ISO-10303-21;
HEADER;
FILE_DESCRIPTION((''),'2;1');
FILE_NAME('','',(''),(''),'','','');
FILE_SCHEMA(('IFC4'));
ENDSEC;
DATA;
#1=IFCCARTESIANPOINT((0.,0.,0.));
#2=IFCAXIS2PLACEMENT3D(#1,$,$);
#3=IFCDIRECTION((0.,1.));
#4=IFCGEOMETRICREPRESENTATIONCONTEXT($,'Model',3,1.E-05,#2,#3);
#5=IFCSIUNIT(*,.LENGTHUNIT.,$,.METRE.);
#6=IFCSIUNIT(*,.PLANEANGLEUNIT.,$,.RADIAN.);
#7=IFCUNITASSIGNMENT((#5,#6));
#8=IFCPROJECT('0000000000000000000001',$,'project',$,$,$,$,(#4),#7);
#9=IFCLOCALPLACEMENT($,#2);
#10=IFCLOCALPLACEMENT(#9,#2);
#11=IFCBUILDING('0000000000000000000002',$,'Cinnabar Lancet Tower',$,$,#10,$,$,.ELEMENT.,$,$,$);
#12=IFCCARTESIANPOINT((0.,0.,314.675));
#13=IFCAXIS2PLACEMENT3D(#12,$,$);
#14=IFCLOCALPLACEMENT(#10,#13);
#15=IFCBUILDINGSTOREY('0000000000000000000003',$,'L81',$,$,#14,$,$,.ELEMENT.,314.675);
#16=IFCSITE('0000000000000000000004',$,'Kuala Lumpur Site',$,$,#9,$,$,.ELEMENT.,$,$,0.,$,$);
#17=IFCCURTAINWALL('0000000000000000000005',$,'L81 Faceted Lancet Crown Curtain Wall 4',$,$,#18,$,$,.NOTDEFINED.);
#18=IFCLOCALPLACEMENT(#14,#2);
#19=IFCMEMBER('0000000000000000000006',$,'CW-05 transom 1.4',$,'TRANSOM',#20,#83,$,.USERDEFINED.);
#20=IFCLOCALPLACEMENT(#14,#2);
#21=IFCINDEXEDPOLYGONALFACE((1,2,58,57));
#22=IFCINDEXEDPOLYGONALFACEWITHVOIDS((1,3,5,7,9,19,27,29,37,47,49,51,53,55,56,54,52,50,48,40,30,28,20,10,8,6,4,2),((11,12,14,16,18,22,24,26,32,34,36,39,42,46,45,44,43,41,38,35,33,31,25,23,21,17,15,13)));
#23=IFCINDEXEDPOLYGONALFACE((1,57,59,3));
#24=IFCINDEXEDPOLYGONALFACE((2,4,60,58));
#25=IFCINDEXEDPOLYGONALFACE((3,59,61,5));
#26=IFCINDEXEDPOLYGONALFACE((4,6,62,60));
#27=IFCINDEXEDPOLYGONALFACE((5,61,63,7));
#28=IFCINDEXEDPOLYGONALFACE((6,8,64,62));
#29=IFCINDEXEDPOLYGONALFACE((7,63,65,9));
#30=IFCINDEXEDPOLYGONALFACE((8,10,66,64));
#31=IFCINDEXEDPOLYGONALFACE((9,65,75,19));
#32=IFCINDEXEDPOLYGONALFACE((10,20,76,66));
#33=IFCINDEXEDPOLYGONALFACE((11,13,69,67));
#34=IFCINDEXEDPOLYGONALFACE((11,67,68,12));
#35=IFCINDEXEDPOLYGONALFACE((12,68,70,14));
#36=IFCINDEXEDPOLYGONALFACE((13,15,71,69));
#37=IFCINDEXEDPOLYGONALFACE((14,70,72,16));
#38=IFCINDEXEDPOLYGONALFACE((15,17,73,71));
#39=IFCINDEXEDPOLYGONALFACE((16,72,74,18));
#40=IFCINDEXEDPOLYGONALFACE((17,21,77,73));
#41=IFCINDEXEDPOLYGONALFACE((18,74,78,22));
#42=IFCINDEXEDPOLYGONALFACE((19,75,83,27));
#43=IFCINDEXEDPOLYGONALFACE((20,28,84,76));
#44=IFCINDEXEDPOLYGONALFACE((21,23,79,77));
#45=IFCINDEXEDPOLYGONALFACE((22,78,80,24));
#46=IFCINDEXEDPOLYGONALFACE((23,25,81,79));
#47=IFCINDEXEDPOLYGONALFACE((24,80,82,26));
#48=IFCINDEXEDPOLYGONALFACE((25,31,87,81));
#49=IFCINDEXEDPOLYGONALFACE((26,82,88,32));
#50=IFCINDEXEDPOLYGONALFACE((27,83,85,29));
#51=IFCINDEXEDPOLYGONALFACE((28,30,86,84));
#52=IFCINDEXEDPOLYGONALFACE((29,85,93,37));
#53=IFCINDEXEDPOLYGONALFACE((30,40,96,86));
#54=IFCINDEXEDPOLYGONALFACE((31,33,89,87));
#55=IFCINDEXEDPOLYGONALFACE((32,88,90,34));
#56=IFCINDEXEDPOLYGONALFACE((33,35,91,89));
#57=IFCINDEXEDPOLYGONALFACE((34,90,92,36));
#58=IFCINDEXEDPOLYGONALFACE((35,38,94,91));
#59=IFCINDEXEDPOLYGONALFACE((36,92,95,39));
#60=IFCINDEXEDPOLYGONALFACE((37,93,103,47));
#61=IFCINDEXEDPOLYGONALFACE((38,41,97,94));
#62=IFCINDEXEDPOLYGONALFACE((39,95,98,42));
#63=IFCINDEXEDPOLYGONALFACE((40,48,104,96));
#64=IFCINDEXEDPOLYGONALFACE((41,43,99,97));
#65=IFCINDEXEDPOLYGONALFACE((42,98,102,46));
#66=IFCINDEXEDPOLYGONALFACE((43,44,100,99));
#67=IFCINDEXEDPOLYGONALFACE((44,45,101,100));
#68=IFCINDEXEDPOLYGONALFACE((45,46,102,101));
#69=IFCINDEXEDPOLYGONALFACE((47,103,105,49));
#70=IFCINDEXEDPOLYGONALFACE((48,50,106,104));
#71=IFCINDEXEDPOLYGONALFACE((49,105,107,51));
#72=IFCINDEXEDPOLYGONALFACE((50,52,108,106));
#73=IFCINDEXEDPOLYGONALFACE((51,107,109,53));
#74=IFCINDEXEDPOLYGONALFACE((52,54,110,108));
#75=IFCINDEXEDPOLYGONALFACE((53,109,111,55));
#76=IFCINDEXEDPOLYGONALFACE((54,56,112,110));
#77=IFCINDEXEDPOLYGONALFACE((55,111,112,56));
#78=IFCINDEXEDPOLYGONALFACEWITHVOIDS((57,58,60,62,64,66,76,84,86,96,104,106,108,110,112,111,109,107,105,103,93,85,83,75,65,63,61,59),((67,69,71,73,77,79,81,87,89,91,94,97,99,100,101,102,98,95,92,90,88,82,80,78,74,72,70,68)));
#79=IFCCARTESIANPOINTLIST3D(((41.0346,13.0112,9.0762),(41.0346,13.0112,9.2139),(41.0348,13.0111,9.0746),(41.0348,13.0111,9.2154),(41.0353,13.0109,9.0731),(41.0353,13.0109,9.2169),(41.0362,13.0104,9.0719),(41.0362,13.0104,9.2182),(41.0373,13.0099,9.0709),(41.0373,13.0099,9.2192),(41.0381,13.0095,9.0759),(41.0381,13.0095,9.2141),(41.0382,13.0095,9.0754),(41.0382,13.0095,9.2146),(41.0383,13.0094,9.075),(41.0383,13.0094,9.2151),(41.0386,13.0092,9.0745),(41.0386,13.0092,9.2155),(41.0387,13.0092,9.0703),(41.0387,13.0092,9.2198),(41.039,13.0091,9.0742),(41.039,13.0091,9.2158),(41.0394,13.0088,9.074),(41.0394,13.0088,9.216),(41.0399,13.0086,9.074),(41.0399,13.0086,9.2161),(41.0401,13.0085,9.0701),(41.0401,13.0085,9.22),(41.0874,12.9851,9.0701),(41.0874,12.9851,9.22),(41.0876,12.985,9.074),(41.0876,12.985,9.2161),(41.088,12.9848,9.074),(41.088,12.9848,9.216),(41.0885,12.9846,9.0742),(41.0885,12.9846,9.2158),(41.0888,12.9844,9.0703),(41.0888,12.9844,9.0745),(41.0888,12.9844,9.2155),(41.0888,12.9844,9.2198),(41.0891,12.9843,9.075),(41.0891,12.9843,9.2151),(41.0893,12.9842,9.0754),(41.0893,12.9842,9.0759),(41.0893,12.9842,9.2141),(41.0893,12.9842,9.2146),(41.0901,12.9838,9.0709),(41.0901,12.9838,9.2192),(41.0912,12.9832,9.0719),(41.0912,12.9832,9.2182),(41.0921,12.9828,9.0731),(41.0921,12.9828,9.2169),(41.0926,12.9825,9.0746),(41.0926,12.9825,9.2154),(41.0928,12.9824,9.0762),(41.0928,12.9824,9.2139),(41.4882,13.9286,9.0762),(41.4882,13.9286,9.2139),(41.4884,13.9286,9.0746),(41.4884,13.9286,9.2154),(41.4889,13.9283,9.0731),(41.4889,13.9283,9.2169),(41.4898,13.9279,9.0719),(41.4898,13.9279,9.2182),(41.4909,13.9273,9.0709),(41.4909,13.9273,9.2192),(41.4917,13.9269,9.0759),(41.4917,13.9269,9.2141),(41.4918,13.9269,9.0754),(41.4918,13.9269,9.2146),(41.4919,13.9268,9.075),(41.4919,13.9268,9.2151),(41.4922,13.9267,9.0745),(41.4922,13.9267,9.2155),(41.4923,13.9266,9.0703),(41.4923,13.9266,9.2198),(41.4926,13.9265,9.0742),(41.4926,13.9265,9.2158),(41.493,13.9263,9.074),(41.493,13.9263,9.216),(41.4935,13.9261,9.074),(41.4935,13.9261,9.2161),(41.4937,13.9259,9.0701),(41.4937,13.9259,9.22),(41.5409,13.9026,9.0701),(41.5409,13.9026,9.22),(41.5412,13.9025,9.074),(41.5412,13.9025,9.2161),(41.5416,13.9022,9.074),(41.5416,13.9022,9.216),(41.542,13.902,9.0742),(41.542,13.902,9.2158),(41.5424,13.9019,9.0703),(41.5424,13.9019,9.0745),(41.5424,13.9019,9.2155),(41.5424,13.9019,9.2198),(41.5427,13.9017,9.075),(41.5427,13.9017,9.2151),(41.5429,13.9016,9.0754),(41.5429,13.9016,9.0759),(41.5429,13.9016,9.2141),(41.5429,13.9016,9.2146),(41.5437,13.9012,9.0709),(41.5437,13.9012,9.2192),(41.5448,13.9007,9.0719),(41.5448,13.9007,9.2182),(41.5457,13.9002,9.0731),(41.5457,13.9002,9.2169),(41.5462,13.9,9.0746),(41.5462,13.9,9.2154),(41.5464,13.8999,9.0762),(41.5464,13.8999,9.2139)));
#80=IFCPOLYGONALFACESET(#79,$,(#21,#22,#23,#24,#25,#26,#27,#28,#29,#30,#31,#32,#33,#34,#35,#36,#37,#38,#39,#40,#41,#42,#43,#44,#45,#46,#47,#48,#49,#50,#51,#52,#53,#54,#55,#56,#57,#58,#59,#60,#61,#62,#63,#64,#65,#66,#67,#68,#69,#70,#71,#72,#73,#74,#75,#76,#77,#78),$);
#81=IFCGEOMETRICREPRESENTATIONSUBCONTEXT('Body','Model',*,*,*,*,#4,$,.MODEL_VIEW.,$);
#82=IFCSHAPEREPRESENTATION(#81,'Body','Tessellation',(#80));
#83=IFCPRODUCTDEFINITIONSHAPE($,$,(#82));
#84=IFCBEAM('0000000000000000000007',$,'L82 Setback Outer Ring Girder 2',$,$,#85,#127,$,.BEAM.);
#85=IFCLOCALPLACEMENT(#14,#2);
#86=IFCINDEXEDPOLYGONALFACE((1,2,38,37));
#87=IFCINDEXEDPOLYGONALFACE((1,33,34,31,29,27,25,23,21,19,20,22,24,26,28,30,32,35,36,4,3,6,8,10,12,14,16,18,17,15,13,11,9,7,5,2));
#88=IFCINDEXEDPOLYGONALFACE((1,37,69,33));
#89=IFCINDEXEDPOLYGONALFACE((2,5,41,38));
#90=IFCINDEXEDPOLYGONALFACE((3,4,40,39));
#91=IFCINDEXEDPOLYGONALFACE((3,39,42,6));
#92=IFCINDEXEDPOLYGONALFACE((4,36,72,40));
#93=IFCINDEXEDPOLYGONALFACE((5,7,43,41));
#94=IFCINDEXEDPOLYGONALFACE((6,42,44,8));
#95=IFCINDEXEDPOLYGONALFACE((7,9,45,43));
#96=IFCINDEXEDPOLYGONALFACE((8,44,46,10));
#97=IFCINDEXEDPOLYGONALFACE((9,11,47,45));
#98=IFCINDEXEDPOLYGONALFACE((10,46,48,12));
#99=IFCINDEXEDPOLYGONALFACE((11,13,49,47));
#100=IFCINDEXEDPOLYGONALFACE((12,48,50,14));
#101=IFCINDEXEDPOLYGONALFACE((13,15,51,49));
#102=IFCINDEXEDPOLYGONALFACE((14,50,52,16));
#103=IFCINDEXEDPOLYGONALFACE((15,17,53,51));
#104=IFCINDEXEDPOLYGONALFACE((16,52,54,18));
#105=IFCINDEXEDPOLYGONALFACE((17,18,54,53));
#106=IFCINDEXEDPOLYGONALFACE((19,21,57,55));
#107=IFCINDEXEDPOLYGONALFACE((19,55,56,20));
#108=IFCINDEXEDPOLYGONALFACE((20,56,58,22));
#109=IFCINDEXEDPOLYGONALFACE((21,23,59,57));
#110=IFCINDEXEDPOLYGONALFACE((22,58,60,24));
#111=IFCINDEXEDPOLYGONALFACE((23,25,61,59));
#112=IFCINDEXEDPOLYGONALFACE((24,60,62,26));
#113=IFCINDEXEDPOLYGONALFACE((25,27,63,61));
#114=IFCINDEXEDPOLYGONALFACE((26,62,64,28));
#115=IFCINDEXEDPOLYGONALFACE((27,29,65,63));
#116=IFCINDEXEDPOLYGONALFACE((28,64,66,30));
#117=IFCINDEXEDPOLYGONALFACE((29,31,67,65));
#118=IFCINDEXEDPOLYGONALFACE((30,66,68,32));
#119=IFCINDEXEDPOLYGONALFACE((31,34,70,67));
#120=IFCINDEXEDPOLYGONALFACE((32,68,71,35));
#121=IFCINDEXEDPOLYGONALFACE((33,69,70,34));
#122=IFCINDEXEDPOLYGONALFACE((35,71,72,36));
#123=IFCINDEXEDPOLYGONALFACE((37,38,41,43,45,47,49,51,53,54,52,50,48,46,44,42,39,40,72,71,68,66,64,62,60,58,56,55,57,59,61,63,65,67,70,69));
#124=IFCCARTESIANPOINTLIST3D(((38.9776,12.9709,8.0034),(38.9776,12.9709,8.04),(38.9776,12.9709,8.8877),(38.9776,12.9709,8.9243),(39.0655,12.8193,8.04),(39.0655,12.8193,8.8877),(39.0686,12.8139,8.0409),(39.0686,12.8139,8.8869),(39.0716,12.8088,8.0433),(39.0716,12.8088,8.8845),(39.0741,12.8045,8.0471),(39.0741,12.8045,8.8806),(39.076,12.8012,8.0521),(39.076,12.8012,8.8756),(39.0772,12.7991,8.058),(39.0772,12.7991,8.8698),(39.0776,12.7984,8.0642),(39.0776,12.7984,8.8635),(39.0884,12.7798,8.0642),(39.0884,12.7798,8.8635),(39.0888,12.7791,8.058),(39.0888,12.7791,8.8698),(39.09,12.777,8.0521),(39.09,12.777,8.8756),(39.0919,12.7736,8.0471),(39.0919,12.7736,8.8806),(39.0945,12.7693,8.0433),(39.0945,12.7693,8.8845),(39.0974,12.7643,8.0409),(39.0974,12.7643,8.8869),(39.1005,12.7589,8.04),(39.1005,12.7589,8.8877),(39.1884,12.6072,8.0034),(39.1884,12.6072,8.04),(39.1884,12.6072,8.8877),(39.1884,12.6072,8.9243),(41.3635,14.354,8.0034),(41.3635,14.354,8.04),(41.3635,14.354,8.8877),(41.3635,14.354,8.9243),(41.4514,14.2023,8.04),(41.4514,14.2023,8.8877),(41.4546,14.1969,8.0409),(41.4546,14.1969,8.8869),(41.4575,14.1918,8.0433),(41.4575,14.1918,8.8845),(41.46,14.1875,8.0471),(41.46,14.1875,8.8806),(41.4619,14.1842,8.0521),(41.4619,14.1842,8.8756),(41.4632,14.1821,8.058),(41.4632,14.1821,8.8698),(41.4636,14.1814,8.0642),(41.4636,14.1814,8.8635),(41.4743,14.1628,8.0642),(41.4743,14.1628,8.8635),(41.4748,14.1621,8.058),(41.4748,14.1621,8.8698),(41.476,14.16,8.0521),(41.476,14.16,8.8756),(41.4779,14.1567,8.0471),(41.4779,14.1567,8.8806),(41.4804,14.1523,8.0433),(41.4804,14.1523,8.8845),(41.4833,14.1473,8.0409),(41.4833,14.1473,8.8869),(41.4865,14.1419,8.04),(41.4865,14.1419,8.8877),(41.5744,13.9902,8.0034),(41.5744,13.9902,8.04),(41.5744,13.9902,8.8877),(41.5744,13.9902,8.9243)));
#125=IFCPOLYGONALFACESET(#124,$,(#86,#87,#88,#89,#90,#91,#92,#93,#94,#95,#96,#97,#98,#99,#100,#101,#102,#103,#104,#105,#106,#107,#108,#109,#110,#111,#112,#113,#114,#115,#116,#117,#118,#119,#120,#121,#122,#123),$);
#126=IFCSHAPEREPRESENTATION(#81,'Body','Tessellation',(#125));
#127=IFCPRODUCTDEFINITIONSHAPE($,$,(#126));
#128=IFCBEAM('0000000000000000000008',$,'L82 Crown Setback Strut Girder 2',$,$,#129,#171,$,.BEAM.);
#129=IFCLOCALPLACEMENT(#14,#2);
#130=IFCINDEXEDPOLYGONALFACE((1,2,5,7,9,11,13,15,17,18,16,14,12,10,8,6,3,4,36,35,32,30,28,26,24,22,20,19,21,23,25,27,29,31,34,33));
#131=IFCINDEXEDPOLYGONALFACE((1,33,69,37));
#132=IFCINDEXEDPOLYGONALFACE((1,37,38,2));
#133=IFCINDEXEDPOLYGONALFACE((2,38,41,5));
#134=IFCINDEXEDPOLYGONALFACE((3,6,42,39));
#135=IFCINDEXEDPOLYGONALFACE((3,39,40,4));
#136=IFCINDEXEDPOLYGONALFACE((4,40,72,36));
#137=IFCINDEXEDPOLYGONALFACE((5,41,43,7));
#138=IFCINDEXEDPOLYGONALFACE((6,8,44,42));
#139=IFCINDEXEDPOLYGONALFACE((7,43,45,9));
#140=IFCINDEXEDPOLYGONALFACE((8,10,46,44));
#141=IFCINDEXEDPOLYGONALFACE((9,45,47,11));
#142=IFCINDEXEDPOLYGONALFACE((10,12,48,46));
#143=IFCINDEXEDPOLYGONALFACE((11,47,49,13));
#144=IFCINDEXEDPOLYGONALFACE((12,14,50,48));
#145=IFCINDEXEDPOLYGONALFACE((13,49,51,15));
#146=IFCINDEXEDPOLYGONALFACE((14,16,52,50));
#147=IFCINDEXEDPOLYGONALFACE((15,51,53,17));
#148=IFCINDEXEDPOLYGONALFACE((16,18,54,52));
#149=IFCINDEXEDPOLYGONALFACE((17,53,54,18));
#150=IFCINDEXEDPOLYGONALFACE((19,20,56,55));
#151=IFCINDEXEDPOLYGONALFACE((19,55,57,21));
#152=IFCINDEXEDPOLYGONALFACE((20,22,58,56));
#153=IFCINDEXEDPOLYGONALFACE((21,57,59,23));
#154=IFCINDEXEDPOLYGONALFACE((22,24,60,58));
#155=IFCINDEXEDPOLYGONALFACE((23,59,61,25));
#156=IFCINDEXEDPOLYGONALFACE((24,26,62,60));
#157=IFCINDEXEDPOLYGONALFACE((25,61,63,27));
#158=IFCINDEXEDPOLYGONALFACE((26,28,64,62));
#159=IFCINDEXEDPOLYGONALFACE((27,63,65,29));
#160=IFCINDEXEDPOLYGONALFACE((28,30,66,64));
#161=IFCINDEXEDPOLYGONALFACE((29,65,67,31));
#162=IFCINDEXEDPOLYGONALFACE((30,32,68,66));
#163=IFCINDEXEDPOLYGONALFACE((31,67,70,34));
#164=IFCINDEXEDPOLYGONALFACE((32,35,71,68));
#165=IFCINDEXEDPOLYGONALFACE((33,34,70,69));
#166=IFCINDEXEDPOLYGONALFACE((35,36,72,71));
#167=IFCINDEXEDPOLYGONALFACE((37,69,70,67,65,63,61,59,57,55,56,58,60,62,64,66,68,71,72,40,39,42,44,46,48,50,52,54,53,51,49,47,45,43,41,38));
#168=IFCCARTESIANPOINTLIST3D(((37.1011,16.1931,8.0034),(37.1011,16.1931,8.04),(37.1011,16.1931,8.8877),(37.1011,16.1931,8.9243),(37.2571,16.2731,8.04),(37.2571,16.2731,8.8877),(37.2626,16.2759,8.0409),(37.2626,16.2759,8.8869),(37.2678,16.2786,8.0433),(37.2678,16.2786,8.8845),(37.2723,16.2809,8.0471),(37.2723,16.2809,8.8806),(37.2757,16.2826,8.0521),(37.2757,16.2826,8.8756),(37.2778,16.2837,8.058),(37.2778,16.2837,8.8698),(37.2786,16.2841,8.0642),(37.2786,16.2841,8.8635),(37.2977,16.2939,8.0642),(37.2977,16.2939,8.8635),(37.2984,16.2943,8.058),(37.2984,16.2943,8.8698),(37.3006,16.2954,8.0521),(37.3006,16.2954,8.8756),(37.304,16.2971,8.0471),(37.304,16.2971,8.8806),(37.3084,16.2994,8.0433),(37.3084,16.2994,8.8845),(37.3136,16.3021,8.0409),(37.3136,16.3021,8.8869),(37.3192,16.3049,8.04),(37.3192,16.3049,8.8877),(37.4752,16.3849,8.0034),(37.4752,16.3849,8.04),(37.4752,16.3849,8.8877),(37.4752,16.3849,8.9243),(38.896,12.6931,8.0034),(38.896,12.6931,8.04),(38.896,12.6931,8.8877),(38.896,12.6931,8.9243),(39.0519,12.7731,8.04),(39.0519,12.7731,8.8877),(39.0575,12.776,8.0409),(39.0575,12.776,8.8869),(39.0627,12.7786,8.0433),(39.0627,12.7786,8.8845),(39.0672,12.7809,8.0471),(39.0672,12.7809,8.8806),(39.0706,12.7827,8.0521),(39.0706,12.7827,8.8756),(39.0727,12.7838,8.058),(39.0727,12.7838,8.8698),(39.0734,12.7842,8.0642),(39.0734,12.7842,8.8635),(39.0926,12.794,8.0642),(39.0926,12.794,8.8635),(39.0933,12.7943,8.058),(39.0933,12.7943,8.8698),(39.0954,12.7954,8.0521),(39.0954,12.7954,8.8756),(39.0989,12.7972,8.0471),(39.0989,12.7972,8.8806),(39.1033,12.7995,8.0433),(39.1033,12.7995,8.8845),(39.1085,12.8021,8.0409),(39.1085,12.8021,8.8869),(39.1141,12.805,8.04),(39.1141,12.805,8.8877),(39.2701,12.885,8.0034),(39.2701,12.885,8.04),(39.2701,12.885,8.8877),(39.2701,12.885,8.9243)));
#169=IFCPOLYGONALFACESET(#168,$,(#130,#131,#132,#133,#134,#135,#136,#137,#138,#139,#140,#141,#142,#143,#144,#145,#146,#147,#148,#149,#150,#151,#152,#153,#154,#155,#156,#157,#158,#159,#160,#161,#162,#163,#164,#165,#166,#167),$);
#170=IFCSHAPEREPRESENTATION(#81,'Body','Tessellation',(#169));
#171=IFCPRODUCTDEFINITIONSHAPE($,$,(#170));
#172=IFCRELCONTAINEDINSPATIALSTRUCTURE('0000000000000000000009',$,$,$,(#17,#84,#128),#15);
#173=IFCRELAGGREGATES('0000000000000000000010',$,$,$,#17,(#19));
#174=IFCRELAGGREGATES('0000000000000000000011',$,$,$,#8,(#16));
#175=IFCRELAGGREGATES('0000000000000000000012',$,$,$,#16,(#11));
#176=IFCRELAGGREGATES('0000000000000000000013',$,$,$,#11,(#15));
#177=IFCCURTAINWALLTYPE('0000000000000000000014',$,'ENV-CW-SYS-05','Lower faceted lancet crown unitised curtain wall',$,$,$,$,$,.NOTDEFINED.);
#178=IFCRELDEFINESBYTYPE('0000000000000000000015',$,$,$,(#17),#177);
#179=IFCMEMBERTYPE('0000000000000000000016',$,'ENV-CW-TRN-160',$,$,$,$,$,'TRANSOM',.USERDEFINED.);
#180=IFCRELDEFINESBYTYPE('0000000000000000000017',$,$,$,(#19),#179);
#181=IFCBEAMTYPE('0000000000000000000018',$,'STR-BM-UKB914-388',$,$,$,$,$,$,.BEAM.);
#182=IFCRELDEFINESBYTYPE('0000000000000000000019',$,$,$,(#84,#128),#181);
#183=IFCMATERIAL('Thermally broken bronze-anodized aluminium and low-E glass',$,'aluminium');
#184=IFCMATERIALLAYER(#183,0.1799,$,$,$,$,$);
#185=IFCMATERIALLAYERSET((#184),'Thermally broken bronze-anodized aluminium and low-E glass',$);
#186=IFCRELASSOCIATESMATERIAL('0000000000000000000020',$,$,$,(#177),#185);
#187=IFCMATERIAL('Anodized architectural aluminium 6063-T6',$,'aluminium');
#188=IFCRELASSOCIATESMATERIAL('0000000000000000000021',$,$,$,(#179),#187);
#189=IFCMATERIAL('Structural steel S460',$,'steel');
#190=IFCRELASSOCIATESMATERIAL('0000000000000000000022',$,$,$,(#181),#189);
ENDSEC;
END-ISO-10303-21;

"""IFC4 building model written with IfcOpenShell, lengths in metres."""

from ifc_helpers import new_model, si_unit, direction, frame, origin, origin_2d, place, context, subcontext, project, spatial, hollow_rectangle, i_section, extrude, material, layer, layer_set, material_profile, profile_set, type_object, element, aggregate, save


model = new_model("IFC4")

# Units and contexts
model_context = context("Model", 3, precision=1e-05, world=origin(), true_north=direction((0.0, 1.0)))
body_context = subcontext(model_context, "Body", "Model", "MODEL_VIEW")
ifc_project = project(units=[si_unit("LENGTHUNIT", "METRE"), si_unit("PLANEANGLEUNIT", "RADIAN")], contexts=[model_context])

# Site, building, storey
site_placement = place(None, origin())
site = spatial("IfcSite", under=ifc_project, at=site_placement, Name="Kuala Lumpur Site", CompositionType="ELEMENT", RefElevation=0.0)
building_placement = place(site_placement, origin())
building = spatial("IfcBuilding", under=site, at=building_placement, Name="Cinnabar Lancet Tower", CompositionType="ELEMENT")
storey_placement = place(building_placement, frame((0.0, 0.0, 314.675)))
storey = spatial("IfcBuildingStorey", under=building, at=storey_placement, Name="L81", CompositionType="ELEMENT", Elevation=314.675)

# Curtain wall
ifc_material_1 = material(Name="Thermally broken bronze-anodized aluminium and low-E glass", Category="aluminium")
ifc_layer_1 = layer(ifc_material_1, 0.1799)
ifc_layer_set_1 = layer_set([ifc_layer_1], Name="Thermally broken bronze-anodized aluminium and low-E glass")
curtain_wall_type = type_object("IfcCurtainWallType", Name="ENV-CW-SYS-05", Description="Lower faceted lancet crown unitised curtain wall", PredefinedType="NOTDEFINED", material=ifc_layer_set_1)
curtain_wall_1_placement = place(storey_placement, origin())
curtain_wall_1 = element("IfcCurtainWall", 1, at=curtain_wall_1_placement, inside=storey, type_object=curtain_wall_type, Name="L81 Faceted Lancet Crown Curtain Wall 4", PredefinedType="NOTDEFINED")

# Member
ifc_material_2 = material(Name="Anodized architectural aluminium 6063-T6", Category="aluminium")
ifc_material_profile_1 = material_profile(ifc_material_2, hollow_rectangle(XDim=0.0649, YDim=0.1499, WallThickness=0.0039, InnerFilletRadius=0.002, OuterFilletRadius=0.0061, at=origin_2d()), Name="CW-TRN 150x65x4")
ifc_profile_set_1 = profile_set([ifc_material_profile_1], Name="Anodized architectural aluminium 6063-T6")
member_type_1 = type_object("IfcMemberType", Name="ENV-CW-TRN-160", ElementType="TRANSOM", PredefinedType="USERDEFINED", material=ifc_profile_set_1)
member_1_placement = place(storey_placement, frame((41.0637, 12.9968, 9.145), z_axis=(0.443202, 0.896422, 0.0), x_axis=(-0.896422, 0.443202, 0.0)))
member_1 = element("IfcMember", 2, at=member_1_placement, type_object=member_type_1, Name="CW-05 transom 1.4", ObjectType="TRANSOM", PredefinedType="USERDEFINED", context=body_context, shape_type="SweptSolid", body=[
    extrude(hollow_rectangle(XDim=0.0649, YDim=0.1499, WallThickness=0.0039, InnerFilletRadius=0.002, OuterFilletRadius=0.0061, at=origin_2d()), origin(), (0.0, 0.0, 1.0), 1.0234),
])

# Beams
ifc_material_3 = material(Name="Structural steel S460", Category="steel")
ifc_material_profile_2 = material_profile(ifc_material_3, i_section(OverallWidth=0.4204, OverallDepth=0.9209, WebThickness=0.0215, FlangeThickness=0.0366, FilletRadius=0.0242, at=origin_2d()), Name="UKB 914x419x388")
ifc_profile_set_2 = profile_set([ifc_material_profile_2], Name="Structural steel S460")
beam_type = type_object("IfcBeamType", Name="STR-BM-UKB914-388", PredefinedType="BEAM", material=ifc_profile_set_2)
beam_1_placement = place(storey_placement, frame((39.083, 12.7891, 8.4639), z_axis=(0.865159, 0.501497, 0.0), x_axis=(-0.501497, 0.865159, 0.0)))
element("IfcBeam", 3, at=beam_1_placement, inside=storey, type_object=beam_type, Name="L82 Setback Outer Ring Girder 2", PredefinedType="BEAM", context=body_context, shape_type="SweptSolid", body=[
    extrude(i_section(OverallWidth=0.4204, OverallDepth=0.9209, WebThickness=0.0215, FlangeThickness=0.0366, FilletRadius=0.0242, at=origin_2d()), origin(), (0.0, 0.0, 1.0), 2.7578),
])
beam_2_placement = place(storey_placement, frame((39.083, 12.7891, 8.4639), z_axis=(-0.456327, 0.889812, 0.0), x_axis=(-0.889812, -0.456327, 0.0)))
element("IfcBeam", 4, at=beam_2_placement, inside=storey, type_object=beam_type, Name="L82 Crown Setback Strut Girder 2", PredefinedType="BEAM", context=body_context, shape_type="SweptSolid", body=[
    extrude(i_section(OverallWidth=0.4204, OverallDepth=0.9209, WebThickness=0.0215, FlangeThickness=0.0366, FilletRadius=0.0242, at=origin_2d()), origin(), (0.0, 0.0, 1.0), 3.9333),
])

aggregate(curtain_wall_1, [member_1])

save(model, "model.ifc")
